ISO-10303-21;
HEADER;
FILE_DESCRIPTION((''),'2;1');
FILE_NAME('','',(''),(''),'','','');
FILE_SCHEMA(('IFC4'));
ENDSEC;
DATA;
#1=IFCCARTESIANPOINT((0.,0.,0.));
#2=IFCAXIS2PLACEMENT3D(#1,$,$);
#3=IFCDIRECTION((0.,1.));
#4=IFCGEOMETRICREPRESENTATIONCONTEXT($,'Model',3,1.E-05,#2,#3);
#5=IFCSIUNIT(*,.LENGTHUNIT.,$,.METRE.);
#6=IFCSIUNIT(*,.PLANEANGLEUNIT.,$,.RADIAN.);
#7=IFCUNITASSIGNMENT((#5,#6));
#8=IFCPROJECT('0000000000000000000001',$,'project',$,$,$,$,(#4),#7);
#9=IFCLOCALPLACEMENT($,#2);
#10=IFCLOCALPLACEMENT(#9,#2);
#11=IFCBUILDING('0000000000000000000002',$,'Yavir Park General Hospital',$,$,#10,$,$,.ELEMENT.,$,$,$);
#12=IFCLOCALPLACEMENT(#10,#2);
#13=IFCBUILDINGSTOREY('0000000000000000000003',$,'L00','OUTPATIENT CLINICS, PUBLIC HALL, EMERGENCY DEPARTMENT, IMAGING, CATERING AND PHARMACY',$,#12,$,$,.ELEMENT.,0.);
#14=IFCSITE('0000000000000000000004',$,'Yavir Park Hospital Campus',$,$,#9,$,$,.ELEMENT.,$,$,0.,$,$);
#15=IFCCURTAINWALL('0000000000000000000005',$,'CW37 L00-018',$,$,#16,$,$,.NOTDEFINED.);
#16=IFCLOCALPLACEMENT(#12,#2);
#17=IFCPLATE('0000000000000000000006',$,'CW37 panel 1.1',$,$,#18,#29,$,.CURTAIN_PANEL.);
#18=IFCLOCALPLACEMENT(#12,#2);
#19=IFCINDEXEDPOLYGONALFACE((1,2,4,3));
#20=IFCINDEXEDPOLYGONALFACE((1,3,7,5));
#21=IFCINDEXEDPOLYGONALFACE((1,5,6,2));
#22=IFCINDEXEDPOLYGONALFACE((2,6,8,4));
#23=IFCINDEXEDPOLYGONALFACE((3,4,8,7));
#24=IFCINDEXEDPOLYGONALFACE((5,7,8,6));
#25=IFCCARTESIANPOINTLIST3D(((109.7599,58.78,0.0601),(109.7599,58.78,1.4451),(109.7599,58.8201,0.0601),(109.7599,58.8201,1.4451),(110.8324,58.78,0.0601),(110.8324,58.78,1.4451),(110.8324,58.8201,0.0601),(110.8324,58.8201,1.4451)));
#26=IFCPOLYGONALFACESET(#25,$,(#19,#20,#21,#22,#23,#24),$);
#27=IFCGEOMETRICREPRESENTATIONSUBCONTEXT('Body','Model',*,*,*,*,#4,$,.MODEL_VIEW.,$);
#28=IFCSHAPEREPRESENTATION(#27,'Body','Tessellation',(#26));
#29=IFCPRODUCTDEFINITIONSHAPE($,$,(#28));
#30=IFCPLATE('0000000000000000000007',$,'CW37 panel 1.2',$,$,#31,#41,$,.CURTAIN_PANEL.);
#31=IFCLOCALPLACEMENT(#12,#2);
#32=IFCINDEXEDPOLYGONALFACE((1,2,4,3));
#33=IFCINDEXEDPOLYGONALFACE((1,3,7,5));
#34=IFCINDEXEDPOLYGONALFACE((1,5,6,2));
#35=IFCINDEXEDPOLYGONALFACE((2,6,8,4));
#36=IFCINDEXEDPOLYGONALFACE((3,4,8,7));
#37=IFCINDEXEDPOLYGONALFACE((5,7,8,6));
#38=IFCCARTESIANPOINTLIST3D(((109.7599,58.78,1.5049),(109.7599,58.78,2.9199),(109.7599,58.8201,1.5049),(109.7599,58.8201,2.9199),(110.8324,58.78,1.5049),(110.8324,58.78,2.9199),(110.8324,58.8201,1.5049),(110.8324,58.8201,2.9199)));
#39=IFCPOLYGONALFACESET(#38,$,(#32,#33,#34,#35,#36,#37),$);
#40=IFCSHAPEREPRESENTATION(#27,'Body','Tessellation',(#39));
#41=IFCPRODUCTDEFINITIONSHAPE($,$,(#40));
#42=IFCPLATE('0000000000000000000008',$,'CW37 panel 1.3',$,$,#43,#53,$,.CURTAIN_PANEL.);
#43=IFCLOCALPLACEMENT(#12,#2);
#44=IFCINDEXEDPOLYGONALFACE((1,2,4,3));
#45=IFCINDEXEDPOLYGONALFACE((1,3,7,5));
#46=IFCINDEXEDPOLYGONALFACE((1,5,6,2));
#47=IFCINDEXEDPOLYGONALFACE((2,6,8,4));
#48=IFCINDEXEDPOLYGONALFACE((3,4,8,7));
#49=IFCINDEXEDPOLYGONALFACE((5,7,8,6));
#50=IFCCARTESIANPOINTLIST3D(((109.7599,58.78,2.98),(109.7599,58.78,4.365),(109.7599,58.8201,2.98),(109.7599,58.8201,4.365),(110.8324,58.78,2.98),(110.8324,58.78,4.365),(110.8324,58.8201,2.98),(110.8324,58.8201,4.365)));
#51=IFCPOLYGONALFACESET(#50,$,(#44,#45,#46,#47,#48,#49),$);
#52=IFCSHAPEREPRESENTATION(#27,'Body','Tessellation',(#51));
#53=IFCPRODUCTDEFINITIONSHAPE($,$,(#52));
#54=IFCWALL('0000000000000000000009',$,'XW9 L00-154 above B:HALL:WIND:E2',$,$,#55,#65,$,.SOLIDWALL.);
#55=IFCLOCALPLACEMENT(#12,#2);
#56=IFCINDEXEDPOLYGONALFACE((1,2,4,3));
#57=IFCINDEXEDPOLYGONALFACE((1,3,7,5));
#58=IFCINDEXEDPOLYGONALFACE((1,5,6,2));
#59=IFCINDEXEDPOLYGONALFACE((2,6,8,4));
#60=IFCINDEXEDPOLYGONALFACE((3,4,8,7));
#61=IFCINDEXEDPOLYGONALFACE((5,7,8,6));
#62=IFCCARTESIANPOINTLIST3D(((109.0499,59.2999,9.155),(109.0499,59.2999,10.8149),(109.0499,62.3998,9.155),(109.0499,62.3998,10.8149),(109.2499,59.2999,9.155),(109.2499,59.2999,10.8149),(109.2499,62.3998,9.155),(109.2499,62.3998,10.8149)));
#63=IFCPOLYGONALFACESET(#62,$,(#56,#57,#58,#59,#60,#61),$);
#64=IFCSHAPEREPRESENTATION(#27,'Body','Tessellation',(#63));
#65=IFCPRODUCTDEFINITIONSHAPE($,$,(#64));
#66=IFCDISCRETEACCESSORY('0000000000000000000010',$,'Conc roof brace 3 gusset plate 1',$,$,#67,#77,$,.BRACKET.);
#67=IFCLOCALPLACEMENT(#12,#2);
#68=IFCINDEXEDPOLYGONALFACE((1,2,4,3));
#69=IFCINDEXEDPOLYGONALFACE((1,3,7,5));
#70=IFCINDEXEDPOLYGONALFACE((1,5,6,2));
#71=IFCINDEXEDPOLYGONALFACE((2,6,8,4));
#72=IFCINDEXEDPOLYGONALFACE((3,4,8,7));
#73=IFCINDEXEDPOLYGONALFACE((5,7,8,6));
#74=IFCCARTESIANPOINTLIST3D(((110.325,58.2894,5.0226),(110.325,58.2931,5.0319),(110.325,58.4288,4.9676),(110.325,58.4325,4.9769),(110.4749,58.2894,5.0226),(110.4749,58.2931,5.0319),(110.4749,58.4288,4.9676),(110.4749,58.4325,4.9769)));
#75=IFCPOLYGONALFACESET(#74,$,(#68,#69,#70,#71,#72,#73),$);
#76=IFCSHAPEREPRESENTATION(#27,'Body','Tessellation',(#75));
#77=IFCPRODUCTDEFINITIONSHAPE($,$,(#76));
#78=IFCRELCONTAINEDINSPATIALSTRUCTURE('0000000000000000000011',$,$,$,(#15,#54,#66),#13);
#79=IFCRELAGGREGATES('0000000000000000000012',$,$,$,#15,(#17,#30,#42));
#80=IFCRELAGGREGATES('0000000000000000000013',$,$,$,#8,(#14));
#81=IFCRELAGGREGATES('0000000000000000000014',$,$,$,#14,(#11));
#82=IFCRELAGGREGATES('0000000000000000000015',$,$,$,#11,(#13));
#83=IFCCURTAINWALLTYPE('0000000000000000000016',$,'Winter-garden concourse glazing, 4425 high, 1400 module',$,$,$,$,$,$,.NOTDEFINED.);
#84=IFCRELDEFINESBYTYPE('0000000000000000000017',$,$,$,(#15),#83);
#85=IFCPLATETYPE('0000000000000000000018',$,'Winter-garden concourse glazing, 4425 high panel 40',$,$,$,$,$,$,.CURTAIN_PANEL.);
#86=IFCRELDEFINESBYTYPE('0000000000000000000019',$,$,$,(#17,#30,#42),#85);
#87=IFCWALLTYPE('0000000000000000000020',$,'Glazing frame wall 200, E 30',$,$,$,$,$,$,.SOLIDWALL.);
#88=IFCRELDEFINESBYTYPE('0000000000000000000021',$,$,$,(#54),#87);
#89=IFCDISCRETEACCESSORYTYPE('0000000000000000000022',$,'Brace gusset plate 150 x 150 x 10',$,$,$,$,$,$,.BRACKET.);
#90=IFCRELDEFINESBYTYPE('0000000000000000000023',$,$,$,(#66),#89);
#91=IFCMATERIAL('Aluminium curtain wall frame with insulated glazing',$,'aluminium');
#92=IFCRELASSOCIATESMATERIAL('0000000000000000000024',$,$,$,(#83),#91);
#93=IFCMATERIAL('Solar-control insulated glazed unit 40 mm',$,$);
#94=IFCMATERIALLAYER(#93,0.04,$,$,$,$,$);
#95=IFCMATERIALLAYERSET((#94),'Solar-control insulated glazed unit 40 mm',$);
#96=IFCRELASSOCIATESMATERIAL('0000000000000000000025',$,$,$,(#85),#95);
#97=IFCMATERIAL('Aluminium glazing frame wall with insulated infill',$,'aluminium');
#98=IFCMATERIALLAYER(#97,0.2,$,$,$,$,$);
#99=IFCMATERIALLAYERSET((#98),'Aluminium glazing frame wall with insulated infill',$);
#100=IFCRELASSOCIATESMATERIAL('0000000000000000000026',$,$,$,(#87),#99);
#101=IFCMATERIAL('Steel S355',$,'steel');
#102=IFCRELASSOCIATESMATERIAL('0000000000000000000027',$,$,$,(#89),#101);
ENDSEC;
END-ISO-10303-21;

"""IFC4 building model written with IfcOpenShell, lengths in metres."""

from ifc_helpers import new_model, si_unit, direction, frame, frame_2d, origin, origin_2d, place, context, subcontext, project, spatial, rectangle, extrude, material, layer, layer_set, material_profile, profile_set, type_object, element, aggregate, save


model = new_model("IFC4")

# Units and contexts
model_context = context("Model", 3, precision=1e-05, world=origin(), true_north=direction((0.0, 1.0)))
body_context = subcontext(model_context, "Body", "Model", "MODEL_VIEW")
ifc_project = project(units=[si_unit("LENGTHUNIT", "METRE"), si_unit("PLANEANGLEUNIT", "RADIAN")], contexts=[model_context])

# Site, building, storey
site_placement = place(None, origin())
site = spatial("IfcSite", under=ifc_project, at=site_placement, Name="Yavir Park Hospital Campus", CompositionType="ELEMENT", RefElevation=0.0)
building_placement = place(site_placement, origin())
building = spatial("IfcBuilding", under=site, at=building_placement, Name="Yavir Park General Hospital", CompositionType="ELEMENT")
storey_placement = place(building_placement, origin())
storey = spatial("IfcBuildingStorey", under=building, at=storey_placement, Name="L00", Description="OUTPATIENT CLINICS, PUBLIC HALL, EMERGENCY DEPARTMENT, IMAGING, CATERING AND PHARMACY", CompositionType="ELEMENT", Elevation=0.0)

# Curtain wall
ifc_material_1 = material(Name="Aluminium curtain wall frame with insulated glazing", Category="aluminium")
curtain_wall_type = type_object("IfcCurtainWallType", Name="Winter-garden concourse glazing, 4425 high, 1400 module", PredefinedType="NOTDEFINED", material=ifc_material_1)
curtain_wall_placement = place(storey_placement, origin())
curtain_wall = element("IfcCurtainWall", 1, at=curtain_wall_placement, inside=storey, type_object=curtain_wall_type, Name="CW37 L00-018", PredefinedType="NOTDEFINED")

# Plates
ifc_material_2 = material(Name="Solar-control insulated glazed unit 40 mm")
ifc_layer_1 = layer(ifc_material_2, 0.04)
ifc_layer_set_1 = layer_set([ifc_layer_1], Name="Solar-control insulated glazed unit 40 mm")
plate_type = type_object("IfcPlateType", Name="Winter-garden concourse glazing, 4425 high panel 40", PredefinedType="CURTAIN_PANEL", material=ifc_layer_set_1)
plate_1_placement = place(storey_placement, frame((110.2961, 58.8, 0.0601), z_axis=(0.0, 0.0, 1.0), x_axis=(1.0, 0.0, 0.0)))
plate_1 = element("IfcPlate", 2, at=plate_1_placement, type_object=plate_type, Name="CW37 panel 1.1", PredefinedType="CURTAIN_PANEL", context=body_context, shape_type="SweptSolid", body=[
    extrude(rectangle(XDim=1.0725, YDim=0.04, at=origin_2d()), origin(), (0.0, 0.0, 1.0), 1.385),
])
plate_2_placement = place(storey_placement, frame((110.2961, 58.8, 1.5049), z_axis=(0.0, 0.0, 1.0), x_axis=(1.0, 0.0, 0.0)))
plate_2 = element("IfcPlate", 3, at=plate_2_placement, type_object=plate_type, Name="CW37 panel 1.2", PredefinedType="CURTAIN_PANEL", context=body_context, shape_type="SweptSolid", body=[
    extrude(rectangle(XDim=1.0725, YDim=0.04, at=origin_2d()), origin(), (0.0, 0.0, 1.0), 1.415),
])
plate_3_placement = place(storey_placement, frame((110.2961, 58.8, 2.98), z_axis=(0.0, 0.0, 1.0), x_axis=(1.0, 0.0, 0.0)))
plate_3 = element("IfcPlate", 4, at=plate_3_placement, type_object=plate_type, Name="CW37 panel 1.3", PredefinedType="CURTAIN_PANEL", context=body_context, shape_type="SweptSolid", body=[
    extrude(rectangle(XDim=1.0725, YDim=0.04, at=origin_2d()), origin(), (0.0, 0.0, 1.0), 1.385),
])
aggregate(curtain_wall, [plate_1, plate_2, plate_3])

# Wall
ifc_material_3 = material(Name="Aluminium glazing frame wall with insulated infill", Category="aluminium")
ifc_layer_2 = layer(ifc_material_3, 0.2)
ifc_layer_set_2 = layer_set([ifc_layer_2], Name="Aluminium glazing frame wall with insulated infill")
wall_type = type_object("IfcWallType", Name="Glazing frame wall 200, E 30", PredefinedType="SOLIDWALL", material=ifc_layer_set_2)
wall_placement = place(storey_placement, frame((109.1499, 59.3, 9.155), z_axis=(0.0, 0.0, 1.0), x_axis=(0.0, 1.0, 0.0)))
element("IfcWall", 5, at=wall_placement, inside=storey, type_object=wall_type, Name="XW9 L00-154 above B:HALL:WIND:E2", PredefinedType="SOLIDWALL", context=body_context, shape_type="SweptSolid", body=[
    extrude(rectangle(XDim=3.0999, YDim=0.2, at=frame_2d((1.5498, 0.0))), origin(), (0.0, 0.0, 1.0), 1.6599),
])

# Discrete accessory
ifc_material_4 = material(Name="Steel S355", Category="steel")
ifc_material_profile_1 = material_profile(ifc_material_4, rectangle(XDim=0.1499, YDim=0.1499, at=origin_2d()), Name="PL150x150")
ifc_profile_set_1 = profile_set([ifc_material_profile_1], Name="Steel S355")
discrete_accessory_type = type_object("IfcDiscreteAccessoryType", Name="Brace gusset plate 150 x 150 x 10", PredefinedType="BRACKET", material=ifc_profile_set_1)
discrete_accessory_placement = place(storey_placement, frame((110.3999, 58.3591, 4.9951), z_axis=(0.0, 0.367167, 0.930155), x_axis=(-1.0, 0.0, 0.0)))
element("IfcDiscreteAccessory", 6, at=discrete_accessory_placement, inside=storey, type_object=discrete_accessory_type, Name="Conc roof brace 3 gusset plate 1", PredefinedType="BRACKET", context=body_context, shape_type="SweptSolid", body=[
    extrude(rectangle(XDim=0.1499, YDim=0.1499, at=origin_2d()), origin(), (0.0, 0.0, 1.0), 0.01),
])

save(model, "model.ifc")
